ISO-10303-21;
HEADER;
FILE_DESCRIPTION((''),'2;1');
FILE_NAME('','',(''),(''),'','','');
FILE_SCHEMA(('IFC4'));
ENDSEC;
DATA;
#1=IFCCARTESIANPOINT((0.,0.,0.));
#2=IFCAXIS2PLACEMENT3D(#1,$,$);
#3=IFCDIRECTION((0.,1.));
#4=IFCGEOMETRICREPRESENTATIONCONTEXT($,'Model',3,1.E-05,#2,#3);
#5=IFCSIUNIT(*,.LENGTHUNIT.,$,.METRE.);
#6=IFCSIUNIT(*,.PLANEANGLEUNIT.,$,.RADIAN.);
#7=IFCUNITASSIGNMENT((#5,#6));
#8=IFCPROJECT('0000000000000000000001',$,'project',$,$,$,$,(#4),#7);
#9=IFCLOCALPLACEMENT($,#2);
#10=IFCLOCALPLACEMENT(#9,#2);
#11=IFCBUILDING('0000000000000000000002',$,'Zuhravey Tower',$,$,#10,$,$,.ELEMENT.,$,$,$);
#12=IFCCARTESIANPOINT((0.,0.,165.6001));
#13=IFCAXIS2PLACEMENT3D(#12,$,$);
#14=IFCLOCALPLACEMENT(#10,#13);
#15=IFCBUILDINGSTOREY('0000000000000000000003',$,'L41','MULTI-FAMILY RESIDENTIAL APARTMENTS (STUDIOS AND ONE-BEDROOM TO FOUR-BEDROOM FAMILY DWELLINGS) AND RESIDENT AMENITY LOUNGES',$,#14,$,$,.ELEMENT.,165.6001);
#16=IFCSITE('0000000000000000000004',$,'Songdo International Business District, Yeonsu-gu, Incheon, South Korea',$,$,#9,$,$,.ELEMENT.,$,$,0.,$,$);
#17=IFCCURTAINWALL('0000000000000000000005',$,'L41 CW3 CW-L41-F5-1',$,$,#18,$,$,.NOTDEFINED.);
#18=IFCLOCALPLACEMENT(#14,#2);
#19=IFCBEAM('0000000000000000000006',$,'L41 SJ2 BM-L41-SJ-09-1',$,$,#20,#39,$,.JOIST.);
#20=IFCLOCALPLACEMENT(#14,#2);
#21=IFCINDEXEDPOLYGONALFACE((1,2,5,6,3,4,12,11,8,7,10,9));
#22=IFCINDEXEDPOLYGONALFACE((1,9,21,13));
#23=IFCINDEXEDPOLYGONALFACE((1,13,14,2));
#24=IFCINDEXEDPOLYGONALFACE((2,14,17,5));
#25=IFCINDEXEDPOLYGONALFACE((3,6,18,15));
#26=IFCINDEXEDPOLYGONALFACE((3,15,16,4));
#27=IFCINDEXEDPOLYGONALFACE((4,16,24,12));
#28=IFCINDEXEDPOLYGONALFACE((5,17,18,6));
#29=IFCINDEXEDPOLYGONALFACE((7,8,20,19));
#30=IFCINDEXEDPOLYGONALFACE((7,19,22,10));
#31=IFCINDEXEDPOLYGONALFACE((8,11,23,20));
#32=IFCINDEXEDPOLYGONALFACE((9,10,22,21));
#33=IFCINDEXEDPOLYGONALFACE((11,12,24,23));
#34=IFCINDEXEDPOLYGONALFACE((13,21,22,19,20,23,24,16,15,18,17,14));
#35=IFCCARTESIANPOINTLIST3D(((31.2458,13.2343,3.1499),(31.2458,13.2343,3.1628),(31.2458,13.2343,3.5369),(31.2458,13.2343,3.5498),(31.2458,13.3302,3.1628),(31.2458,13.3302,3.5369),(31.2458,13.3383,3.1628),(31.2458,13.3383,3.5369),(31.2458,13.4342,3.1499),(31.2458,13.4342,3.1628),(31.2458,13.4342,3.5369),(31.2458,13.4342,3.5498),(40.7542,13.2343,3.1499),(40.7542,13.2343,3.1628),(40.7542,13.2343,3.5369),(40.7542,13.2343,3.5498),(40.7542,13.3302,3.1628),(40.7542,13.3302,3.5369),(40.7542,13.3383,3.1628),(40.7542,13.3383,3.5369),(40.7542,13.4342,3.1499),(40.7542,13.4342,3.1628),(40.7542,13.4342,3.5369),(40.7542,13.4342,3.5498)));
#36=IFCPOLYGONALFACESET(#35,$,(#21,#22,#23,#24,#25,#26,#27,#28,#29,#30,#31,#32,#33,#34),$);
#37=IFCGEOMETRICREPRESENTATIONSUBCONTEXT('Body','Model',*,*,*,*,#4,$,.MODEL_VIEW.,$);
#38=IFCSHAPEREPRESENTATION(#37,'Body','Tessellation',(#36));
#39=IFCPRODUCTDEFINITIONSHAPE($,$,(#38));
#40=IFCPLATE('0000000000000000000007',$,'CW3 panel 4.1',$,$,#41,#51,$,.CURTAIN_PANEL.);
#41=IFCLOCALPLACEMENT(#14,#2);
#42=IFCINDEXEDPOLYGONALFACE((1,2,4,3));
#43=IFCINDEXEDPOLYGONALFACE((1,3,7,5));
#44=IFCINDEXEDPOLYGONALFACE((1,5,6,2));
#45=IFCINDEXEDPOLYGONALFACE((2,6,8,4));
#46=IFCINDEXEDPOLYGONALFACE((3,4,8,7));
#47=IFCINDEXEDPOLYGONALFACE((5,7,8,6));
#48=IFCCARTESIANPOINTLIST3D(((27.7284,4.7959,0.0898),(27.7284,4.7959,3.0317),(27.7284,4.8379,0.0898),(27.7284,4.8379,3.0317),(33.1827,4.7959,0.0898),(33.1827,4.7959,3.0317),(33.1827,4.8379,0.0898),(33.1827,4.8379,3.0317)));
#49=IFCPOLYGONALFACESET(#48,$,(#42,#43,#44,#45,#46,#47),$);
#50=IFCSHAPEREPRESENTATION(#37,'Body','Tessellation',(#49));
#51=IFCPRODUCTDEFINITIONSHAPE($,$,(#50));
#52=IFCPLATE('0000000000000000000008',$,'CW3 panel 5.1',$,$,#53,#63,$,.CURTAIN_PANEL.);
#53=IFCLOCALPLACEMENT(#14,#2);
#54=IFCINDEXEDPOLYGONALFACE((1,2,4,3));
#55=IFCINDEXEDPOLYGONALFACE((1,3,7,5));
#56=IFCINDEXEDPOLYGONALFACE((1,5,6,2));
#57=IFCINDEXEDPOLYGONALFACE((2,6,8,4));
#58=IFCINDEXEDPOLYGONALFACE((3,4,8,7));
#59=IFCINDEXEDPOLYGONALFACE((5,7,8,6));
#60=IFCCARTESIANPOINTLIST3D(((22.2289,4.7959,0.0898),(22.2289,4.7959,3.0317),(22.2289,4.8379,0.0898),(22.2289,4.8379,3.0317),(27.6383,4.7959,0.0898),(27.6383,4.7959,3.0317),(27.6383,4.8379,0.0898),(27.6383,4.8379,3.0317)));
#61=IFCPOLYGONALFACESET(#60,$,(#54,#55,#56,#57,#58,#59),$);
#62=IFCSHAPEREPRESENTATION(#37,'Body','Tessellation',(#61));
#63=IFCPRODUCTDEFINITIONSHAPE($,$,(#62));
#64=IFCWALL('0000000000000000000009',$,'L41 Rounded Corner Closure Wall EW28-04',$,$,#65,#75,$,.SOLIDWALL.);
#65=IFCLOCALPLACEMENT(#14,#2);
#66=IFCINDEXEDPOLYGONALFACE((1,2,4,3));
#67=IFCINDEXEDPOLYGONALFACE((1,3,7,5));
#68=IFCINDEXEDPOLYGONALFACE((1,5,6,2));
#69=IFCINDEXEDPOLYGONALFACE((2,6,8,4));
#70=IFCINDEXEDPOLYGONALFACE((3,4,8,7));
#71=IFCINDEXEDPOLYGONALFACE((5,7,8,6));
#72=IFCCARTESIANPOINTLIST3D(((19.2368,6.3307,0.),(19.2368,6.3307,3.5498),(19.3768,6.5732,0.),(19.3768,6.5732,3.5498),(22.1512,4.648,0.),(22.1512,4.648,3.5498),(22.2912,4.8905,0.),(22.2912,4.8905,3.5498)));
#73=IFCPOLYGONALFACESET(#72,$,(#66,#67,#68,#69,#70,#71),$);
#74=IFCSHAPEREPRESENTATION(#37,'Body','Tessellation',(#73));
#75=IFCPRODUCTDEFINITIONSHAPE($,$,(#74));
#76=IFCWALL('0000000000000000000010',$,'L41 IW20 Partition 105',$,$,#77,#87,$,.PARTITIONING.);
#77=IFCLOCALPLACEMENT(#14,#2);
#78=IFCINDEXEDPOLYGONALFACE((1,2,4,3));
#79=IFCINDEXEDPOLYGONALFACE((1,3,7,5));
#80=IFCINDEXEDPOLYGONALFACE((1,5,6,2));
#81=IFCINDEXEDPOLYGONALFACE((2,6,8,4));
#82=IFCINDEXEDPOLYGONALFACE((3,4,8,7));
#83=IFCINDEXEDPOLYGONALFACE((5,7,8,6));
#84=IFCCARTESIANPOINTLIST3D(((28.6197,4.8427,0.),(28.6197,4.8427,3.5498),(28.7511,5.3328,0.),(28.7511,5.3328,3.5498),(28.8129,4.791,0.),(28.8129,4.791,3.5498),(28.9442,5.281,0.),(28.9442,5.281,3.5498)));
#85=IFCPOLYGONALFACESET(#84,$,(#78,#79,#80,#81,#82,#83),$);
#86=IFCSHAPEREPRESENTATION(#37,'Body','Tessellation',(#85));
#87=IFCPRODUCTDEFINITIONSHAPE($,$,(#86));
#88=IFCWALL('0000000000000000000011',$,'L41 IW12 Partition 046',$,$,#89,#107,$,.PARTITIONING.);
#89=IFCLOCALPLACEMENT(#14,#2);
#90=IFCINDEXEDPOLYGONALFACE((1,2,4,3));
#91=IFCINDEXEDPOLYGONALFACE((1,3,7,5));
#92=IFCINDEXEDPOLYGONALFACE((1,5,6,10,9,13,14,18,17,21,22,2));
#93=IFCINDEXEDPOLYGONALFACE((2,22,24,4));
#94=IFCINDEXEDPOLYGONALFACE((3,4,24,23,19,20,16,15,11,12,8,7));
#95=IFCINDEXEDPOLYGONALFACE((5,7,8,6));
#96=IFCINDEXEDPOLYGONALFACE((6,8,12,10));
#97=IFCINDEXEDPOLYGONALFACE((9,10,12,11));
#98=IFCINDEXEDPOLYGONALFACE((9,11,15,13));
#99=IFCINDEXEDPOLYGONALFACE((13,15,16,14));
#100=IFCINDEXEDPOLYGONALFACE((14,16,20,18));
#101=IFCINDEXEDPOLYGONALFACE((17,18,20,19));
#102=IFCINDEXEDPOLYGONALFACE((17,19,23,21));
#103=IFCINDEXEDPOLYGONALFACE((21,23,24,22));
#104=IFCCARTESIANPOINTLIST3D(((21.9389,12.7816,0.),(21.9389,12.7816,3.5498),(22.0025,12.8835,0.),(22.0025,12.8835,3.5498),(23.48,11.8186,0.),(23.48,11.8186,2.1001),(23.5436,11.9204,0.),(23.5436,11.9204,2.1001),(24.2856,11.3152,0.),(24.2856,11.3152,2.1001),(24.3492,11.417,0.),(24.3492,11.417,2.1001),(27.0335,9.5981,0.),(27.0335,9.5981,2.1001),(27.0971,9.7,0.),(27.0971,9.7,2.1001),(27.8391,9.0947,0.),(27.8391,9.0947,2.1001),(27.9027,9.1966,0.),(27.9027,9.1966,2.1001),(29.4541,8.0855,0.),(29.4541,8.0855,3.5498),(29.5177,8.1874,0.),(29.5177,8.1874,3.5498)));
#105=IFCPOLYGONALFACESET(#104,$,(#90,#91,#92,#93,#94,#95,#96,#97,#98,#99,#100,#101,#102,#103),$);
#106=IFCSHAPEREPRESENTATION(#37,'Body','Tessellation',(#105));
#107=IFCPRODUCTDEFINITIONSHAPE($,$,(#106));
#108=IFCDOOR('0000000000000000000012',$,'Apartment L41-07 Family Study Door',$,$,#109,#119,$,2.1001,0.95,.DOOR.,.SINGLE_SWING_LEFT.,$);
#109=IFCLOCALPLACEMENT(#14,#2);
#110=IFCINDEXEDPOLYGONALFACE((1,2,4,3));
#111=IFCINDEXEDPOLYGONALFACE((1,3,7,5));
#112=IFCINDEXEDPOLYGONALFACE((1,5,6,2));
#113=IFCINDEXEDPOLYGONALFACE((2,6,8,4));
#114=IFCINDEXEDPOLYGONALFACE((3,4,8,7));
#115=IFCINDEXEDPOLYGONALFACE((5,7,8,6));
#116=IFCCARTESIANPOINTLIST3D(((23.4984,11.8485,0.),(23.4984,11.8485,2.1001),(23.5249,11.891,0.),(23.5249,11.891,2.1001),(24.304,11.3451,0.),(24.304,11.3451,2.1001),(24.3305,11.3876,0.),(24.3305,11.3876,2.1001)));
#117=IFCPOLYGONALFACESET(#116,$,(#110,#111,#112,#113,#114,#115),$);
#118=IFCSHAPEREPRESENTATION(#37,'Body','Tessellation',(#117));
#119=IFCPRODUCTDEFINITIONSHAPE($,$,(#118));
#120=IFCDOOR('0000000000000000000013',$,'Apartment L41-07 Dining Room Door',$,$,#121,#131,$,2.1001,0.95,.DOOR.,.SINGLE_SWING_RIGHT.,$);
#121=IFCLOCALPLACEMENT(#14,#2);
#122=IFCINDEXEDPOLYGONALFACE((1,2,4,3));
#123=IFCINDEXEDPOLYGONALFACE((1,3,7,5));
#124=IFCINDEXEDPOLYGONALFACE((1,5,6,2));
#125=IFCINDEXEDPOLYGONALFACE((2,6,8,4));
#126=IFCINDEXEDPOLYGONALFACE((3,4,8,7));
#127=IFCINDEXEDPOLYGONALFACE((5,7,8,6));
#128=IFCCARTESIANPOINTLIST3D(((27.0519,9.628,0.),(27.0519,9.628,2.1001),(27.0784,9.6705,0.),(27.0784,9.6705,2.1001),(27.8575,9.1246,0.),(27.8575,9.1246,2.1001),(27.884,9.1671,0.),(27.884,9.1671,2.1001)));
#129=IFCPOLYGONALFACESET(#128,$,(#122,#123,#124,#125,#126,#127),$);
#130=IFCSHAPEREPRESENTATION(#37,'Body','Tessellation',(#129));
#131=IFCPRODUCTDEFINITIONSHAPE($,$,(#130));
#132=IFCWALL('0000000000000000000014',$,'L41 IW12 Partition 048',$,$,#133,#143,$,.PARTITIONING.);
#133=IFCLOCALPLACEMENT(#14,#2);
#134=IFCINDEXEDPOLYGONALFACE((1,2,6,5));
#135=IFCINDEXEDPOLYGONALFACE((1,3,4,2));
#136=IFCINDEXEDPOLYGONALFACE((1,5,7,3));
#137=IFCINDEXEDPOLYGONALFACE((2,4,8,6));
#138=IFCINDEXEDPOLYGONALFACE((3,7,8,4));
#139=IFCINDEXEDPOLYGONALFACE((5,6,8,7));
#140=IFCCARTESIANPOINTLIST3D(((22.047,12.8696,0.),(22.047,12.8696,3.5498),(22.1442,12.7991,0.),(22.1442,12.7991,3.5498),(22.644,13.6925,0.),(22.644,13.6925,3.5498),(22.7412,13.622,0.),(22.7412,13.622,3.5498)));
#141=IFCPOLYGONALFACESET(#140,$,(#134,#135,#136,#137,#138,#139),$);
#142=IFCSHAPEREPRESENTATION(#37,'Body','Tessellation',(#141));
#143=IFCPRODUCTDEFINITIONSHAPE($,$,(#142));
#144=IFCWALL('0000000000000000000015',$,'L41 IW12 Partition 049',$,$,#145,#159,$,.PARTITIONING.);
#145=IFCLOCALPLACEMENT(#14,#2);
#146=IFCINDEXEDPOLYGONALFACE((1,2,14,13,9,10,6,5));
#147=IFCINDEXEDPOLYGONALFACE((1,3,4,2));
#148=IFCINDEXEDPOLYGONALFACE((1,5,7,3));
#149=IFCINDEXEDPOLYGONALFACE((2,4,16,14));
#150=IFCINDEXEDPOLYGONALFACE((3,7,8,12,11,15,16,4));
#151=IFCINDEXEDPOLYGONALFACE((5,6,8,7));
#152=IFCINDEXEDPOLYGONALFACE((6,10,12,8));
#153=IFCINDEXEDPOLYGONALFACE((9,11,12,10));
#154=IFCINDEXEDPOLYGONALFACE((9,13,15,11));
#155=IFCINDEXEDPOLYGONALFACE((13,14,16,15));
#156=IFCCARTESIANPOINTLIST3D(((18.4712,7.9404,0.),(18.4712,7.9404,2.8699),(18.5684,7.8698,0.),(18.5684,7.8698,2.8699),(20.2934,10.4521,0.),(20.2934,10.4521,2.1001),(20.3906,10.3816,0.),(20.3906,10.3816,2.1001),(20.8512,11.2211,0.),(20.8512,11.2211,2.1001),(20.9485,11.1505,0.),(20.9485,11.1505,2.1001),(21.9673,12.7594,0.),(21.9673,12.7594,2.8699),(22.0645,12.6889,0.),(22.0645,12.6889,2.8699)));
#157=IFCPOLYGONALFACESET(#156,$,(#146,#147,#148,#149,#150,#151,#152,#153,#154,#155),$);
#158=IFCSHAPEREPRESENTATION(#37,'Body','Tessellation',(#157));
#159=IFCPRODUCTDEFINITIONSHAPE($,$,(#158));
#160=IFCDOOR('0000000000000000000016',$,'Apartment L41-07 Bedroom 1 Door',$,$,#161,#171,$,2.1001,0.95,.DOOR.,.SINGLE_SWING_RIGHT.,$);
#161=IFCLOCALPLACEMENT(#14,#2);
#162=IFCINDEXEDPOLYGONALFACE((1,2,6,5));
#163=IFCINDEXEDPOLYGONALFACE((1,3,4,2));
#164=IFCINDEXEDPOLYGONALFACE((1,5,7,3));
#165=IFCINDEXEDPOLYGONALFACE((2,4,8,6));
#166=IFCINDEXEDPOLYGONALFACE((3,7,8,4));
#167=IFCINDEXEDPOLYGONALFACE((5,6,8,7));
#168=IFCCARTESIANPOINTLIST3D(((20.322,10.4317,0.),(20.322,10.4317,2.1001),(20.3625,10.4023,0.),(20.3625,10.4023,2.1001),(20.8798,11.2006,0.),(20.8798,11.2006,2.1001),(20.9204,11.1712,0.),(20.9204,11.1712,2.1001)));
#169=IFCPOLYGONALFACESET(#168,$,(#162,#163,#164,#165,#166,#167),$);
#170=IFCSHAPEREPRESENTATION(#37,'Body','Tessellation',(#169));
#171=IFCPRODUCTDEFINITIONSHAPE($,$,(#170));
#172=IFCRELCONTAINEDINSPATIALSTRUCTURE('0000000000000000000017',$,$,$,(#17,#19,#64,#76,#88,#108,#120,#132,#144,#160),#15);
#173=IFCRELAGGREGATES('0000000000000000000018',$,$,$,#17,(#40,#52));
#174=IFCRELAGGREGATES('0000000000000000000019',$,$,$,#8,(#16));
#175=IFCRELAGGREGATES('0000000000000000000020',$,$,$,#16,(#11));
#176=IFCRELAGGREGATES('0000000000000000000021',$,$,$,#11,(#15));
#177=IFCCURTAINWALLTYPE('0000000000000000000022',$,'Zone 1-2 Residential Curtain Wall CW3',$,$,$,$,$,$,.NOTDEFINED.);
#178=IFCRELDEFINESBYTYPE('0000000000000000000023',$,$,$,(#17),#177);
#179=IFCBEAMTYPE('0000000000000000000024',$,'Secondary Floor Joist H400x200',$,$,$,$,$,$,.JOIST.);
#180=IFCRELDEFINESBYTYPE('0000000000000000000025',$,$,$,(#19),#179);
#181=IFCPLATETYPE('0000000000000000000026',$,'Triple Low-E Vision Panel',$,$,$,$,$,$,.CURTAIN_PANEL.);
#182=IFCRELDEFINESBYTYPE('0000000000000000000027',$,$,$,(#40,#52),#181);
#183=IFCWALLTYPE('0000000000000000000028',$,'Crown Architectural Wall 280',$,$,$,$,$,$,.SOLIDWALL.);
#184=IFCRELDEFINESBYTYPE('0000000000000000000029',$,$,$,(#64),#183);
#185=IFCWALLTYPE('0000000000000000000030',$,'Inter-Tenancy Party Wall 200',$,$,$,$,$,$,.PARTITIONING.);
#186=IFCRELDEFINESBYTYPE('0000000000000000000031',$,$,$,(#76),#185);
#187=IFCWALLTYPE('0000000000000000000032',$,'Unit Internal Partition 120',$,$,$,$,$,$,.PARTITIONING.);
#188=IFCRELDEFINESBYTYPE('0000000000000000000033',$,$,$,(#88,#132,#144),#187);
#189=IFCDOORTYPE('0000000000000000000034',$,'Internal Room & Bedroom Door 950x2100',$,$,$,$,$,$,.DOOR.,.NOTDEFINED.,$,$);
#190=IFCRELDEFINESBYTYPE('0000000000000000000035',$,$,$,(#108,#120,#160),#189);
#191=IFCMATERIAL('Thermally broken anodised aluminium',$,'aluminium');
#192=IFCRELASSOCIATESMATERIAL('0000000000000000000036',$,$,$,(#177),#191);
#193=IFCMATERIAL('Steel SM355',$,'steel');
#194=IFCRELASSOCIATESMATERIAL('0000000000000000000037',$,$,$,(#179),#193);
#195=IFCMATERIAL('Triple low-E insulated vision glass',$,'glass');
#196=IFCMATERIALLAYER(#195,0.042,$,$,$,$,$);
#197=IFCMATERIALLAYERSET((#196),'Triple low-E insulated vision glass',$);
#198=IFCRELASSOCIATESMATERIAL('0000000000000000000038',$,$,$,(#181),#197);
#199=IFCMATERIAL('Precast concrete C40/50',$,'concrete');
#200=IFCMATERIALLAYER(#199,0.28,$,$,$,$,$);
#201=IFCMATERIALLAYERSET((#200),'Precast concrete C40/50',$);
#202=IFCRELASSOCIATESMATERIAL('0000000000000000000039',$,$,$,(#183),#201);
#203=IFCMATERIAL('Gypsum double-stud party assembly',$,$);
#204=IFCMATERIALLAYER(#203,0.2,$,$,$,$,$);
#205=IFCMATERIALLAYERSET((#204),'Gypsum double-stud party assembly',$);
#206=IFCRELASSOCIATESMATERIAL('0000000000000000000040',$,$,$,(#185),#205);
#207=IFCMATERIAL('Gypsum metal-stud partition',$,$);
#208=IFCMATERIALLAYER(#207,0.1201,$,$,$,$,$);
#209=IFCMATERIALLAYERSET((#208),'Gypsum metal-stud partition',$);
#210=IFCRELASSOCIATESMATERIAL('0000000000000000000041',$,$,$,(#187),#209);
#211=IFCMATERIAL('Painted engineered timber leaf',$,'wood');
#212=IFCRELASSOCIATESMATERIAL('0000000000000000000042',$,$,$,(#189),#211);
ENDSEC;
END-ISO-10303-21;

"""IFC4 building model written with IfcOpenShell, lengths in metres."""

from ifc_helpers import new_model, si_unit, direction, frame, frame_2d, origin, origin_2d, place, context, subcontext, project, spatial, rectangle, i_section, extrude, material, layer, layer_set, material_profile, profile_set, type_object, element, fill, aggregate, save


model = new_model("IFC4")

# Units and contexts
model_context = context("Model", 3, precision=1e-05, world=origin(), true_north=direction((0.0, 1.0)))
body_context = subcontext(model_context, "Body", "Model", "MODEL_VIEW")
ifc_project = project(units=[si_unit("LENGTHUNIT", "METRE"), si_unit("PLANEANGLEUNIT", "RADIAN")], contexts=[model_context])

# Site, building, storey
site_placement = place(None, origin())
site = spatial("IfcSite", under=ifc_project, at=site_placement, Name="Songdo International Business District, Yeonsu-gu, Incheon, South Korea", CompositionType="ELEMENT", RefElevation=0.0)
building_placement = place(site_placement, origin())
building = spatial("IfcBuilding", under=site, at=building_placement, Name="Zuhravey Tower", CompositionType="ELEMENT")
storey_placement = place(building_placement, frame((0.0, 0.0, 165.6001)))
storey = spatial("IfcBuildingStorey", under=building, at=storey_placement, Name="L41", Description="MULTI-FAMILY RESIDENTIAL APARTMENTS (STUDIOS AND ONE-BEDROOM TO FOUR-BEDROOM FAMILY DWELLINGS) AND RESIDENT AMENITY LOUNGES", CompositionType="ELEMENT", Elevation=165.6001)

# Curtain wall
ifc_material_1 = material(Name="Thermally broken anodised aluminium", Category="aluminium")
curtain_wall_type = type_object("IfcCurtainWallType", Name="Zone 1-2 Residential Curtain Wall CW3", PredefinedType="NOTDEFINED", material=ifc_material_1)
curtain_wall_placement = place(storey_placement, origin())
curtain_wall = element("IfcCurtainWall", 1, at=curtain_wall_placement, inside=storey, type_object=curtain_wall_type, Name="L41 CW3 CW-L41-F5-1", PredefinedType="NOTDEFINED")

# Beam
ifc_material_2 = material(Name="Steel SM355", Category="steel")
ifc_material_profile_1 = material_profile(ifc_material_2, i_section(OverallWidth=0.2, OverallDepth=0.3999, WebThickness=0.0081, FlangeThickness=0.0129, at=origin_2d()), Name="H-400x200x8x13")
ifc_profile_set_1 = profile_set([ifc_material_profile_1], Name="Steel SM355")
beam_type_1 = type_object("IfcBeamType", Name="Secondary Floor Joist H400x200", PredefinedType="JOIST", material=ifc_profile_set_1)
beam_1_placement = place(storey_placement, frame((31.2458, 13.3342, 3.3499), z_axis=(1.0, 0.0, 0.0), x_axis=(0.0, 1.0, 0.0)))
element("IfcBeam", 2, at=beam_1_placement, inside=storey, type_object=beam_type_1, Name="L41 SJ2 BM-L41-SJ-09-1", PredefinedType="JOIST", context=body_context, shape_type="SweptSolid", body=[
    extrude(i_section(OverallWidth=0.2, OverallDepth=0.3999, WebThickness=0.0081, FlangeThickness=0.0129, at=origin_2d()), origin(), (0.0, 0.0, 1.0), 9.5083),
])

# Plates
ifc_material_3 = material(Name="Triple low-E insulated vision glass", Category="glass")
ifc_layer_1 = layer(ifc_material_3, 0.042)
ifc_layer_set_1 = layer_set([ifc_layer_1], Name="Triple low-E insulated vision glass")
plate_type = type_object("IfcPlateType", Name="Triple Low-E Vision Panel", PredefinedType="CURTAIN_PANEL", material=ifc_layer_set_1)
plate_1_placement = place(storey_placement, frame((30.4556, 4.8169, 0.0898), z_axis=(0.0, 0.0, 1.0), x_axis=(-1.0, 0.0, 0.0)))
plate_1 = element("IfcPlate", 3, at=plate_1_placement, type_object=plate_type, Name="CW3 panel 4.1", PredefinedType="CURTAIN_PANEL", context=body_context, shape_type="SweptSolid", body=[
    extrude(rectangle(XDim=5.4543, YDim=0.042, at=origin_2d()), origin(), (0.0, 0.0, 1.0), 2.9419),
])
plate_2_placement = place(storey_placement, frame((24.9336, 4.8169, 0.0898), z_axis=(0.0, 0.0, 1.0), x_axis=(-1.0, 0.0, 0.0)))
plate_2 = element("IfcPlate", 4, at=plate_2_placement, type_object=plate_type, Name="CW3 panel 5.1", PredefinedType="CURTAIN_PANEL", context=body_context, shape_type="SweptSolid", body=[
    extrude(rectangle(XDim=5.4094, YDim=0.042, at=origin_2d()), origin(), (0.0, 0.0, 1.0), 2.9419),
])
aggregate(curtain_wall, [plate_1, plate_2])

# Walls
ifc_material_4 = material(Name="Precast concrete C40/50", Category="concrete")
ifc_layer_2 = layer(ifc_material_4, 0.28)
ifc_layer_set_2 = layer_set([ifc_layer_2], Name="Precast concrete C40/50")
wall_type_1 = type_object("IfcWallType", Name="Crown Architectural Wall 280", PredefinedType="SOLIDWALL", material=ifc_layer_set_2)
wall_1_placement = place(storey_placement, frame((22.2212, 4.7693, 0.0), z_axis=(0.0, 0.0, 1.0), x_axis=(-0.86602, 0.500009, 0.0)))
element("IfcWall", 5, at=wall_1_placement, inside=storey, type_object=wall_type_1, Name="L41 Rounded Corner Closure Wall EW28-04", PredefinedType="SOLIDWALL", context=body_context, shape_type="SweptSolid", body=[
    extrude(rectangle(XDim=3.3652, YDim=0.28, at=frame_2d((1.6826, 0.0))), origin(), (0.0, 0.0, 1.0), 3.5498),
])
ifc_material_5 = material(Name="Gypsum double-stud party assembly")
ifc_layer_3 = layer(ifc_material_5, 0.2)
ifc_layer_set_3 = layer_set([ifc_layer_3], Name="Gypsum double-stud party assembly")
wall_type_2 = type_object("IfcWallType", Name="Inter-Tenancy Party Wall 200", PredefinedType="PARTITIONING", material=ifc_layer_set_3)
wall_2_placement = place(storey_placement, frame((28.8477, 5.3069, 0.0), z_axis=(0.0, 0.0, 1.0), x_axis=(-0.258921, -0.965899, 0.0)))
element("IfcWall", 6, at=wall_2_placement, inside=storey, type_object=wall_type_2, Name="L41 IW20 Partition 105", PredefinedType="PARTITIONING", context=body_context, shape_type="SweptSolid", body=[
    extrude(rectangle(XDim=0.5073, YDim=0.2, at=frame_2d((0.2537, 0.0))), origin(), (0.0, 0.0, 1.0), 3.5498),
])

# Wall, openings, doors
ifc_material_6 = material(Name="Gypsum metal-stud partition")
ifc_layer_4 = layer(ifc_material_6, 0.1201)
ifc_layer_set_4 = layer_set([ifc_layer_4], Name="Gypsum metal-stud partition")
wall_type_3 = type_object("IfcWallType", Name="Unit Internal Partition 120", PredefinedType="PARTITIONING", material=ifc_layer_set_4)
wall_3_placement = place(storey_placement, frame((21.9707, 12.8325, 0.0), z_axis=(0.0, 0.0, 1.0), x_axis=(0.848045, -0.529925, 0.0)))
wall_3 = element("IfcWall", 7, at=wall_3_placement, inside=storey, type_object=wall_type_3, Name="L41 IW12 Partition 046", PredefinedType="PARTITIONING", context=body_context, shape_type="SweptSolid", body=[
    extrude(rectangle(XDim=8.8618, YDim=0.1201, at=frame_2d((4.4309, 0.0))), origin(), (0.0, 0.0, 1.0), 3.5498),
])
opening_1_placement = place(wall_3_placement, frame((1.8171, 0.0, 0.0)))
opening_1 = element("IfcOpeningElement", 8, at=opening_1_placement, cuts=wall_3, PredefinedType="OPENING", context=body_context, shape_type="SweptSolid", body=[
    extrude(rectangle(XDim=0.95, YDim=2.1001, at=frame_2d((0.4751, 1.05))), frame((0.0, 0.072, 0.0), z_axis=(0.0, -1.0, 0.0), x_axis=(1.0, 0.0, 0.0)), (0.0, 0.0, 1.0), 0.144),
])
opening_2_placement = place(wall_3_placement, frame((6.0073, 0.0, 0.0)))
opening_2 = element("IfcOpeningElement", 9, at=opening_2_placement, cuts=wall_3, PredefinedType="OPENING", context=body_context, shape_type="SweptSolid", body=[
    extrude(rectangle(XDim=0.95, YDim=2.1001, at=frame_2d((0.4751, 1.05))), frame((0.0, 0.072, 0.0), z_axis=(0.0, -1.0, 0.0), x_axis=(1.0, 0.0, 0.0)), (0.0, 0.0, 1.0), 0.144),
])
ifc_material_7 = material(Name="Painted engineered timber leaf", Category="wood")
door_type = type_object("IfcDoorType", Name="Internal Room & Bedroom Door 950x2100", OperationType="NOTDEFINED", PredefinedType="DOOR", material=ifc_material_7)
door_1_placement = place(opening_1_placement, frame((0.95, 0.0, 0.0), z_axis=(0.0, 0.0, 1.0), x_axis=(-1.0, 0.0, 0.0)))
door_1 = element("IfcDoor", 10, at=door_1_placement, inside=storey, type_object=door_type, Name="Apartment L41-07 Family Study Door", OperationType="SINGLE_SWING_LEFT", OverallHeight=2.1001, OverallWidth=0.95, PredefinedType="DOOR", context=body_context, shape_type="SweptSolid", body=[
    extrude(rectangle(XDim=0.95, YDim=2.1001, at=frame_2d((0.4751, 1.05))), frame((0.0, 0.0249, 0.0), z_axis=(0.0, -1.0, 0.0), x_axis=(1.0, 0.0, 0.0)), (0.0, 0.0, 1.0), 0.05),
])
fill(opening_1, door_1)
door_2_placement = place(opening_2_placement, frame((0.95, 0.0, 0.0), z_axis=(0.0, 0.0, 1.0), x_axis=(-1.0, 0.0, 0.0)))
door_2 = element("IfcDoor", 11, at=door_2_placement, inside=storey, type_object=door_type, Name="Apartment L41-07 Dining Room Door", OperationType="SINGLE_SWING_RIGHT", OverallHeight=2.1001, OverallWidth=0.95, PredefinedType="DOOR", context=body_context, shape_type="SweptSolid", body=[
    extrude(rectangle(XDim=0.95, YDim=2.1001, at=frame_2d((0.4751, 1.05))), frame((0.0, 0.0249, 0.0), z_axis=(0.0, -1.0, 0.0), x_axis=(1.0, 0.0, 0.0)), (0.0, 0.0, 1.0), 0.05),
])
fill(opening_2, door_2)

# Wall
wall_4_placement = place(storey_placement, frame((22.6926, 13.6572, 0.0), z_axis=(0.0, 0.0, 1.0), x_axis=(-0.587243, -0.809411, 0.0)))
element("IfcWall", 12, at=wall_4_placement, inside=storey, type_object=wall_type_3, Name="L41 IW12 Partition 048", PredefinedType="PARTITIONING", context=body_context, shape_type="SweptSolid", body=[
    extrude(rectangle(XDim=1.0166, YDim=0.1201, at=frame_2d((0.5083, 0.0))), origin(), (0.0, 0.0, 1.0), 3.5498),
])

# Wall, opening, door
wall_5_placement = place(storey_placement, frame((22.0159, 12.7241, 0.0), z_axis=(0.0, 0.0, 1.0), x_axis=(-0.587215, -0.809431, 0.0)))
wall_5 = element("IfcWall", 13, at=wall_5_placement, inside=storey, type_object=wall_type_3, Name="L41 IW12 Partition 049", PredefinedType="PARTITIONING", context=body_context, shape_type="SweptSolid", body=[
    extrude(rectangle(XDim=5.9536, YDim=0.1201, at=frame_2d((2.9768, 0.0))), origin(), (0.0, 0.0, 1.0), 2.8699),
])
opening_3_placement = place(wall_5_placement, frame((1.9004, 0.0, 0.0)))
opening_3 = element("IfcOpeningElement", 14, at=opening_3_placement, cuts=wall_5, PredefinedType="OPENING", context=body_context, shape_type="SweptSolid", body=[
    extrude(rectangle(XDim=0.95, YDim=2.1001, at=frame_2d((0.4751, 1.05))), frame((0.0, 0.072, 0.0), z_axis=(0.0, -1.0, 0.0), x_axis=(1.0, 0.0, 0.0)), (0.0, 0.0, 1.0), 0.144),
])
door_3_placement = place(opening_3_placement, frame((0.95, 0.0, 0.0), z_axis=(0.0, 0.0, 1.0), x_axis=(-1.0, 0.0, 0.0)))
door_3 = element("IfcDoor", 15, at=door_3_placement, inside=storey, type_object=door_type, Name="Apartment L41-07 Bedroom 1 Door", OperationType="SINGLE_SWING_RIGHT", OverallHeight=2.1001, OverallWidth=0.95, PredefinedType="DOOR", context=body_context, shape_type="SweptSolid", body=[
    extrude(rectangle(XDim=0.95, YDim=2.1001, at=frame_2d((0.4751, 1.05))), frame((0.0, 0.0249, 0.0), z_axis=(0.0, -1.0, 0.0), x_axis=(1.0, 0.0, 0.0)), (0.0, 0.0, 1.0), 0.05),
])
fill(opening_3, door_3)

save(model, "model.ifc")
